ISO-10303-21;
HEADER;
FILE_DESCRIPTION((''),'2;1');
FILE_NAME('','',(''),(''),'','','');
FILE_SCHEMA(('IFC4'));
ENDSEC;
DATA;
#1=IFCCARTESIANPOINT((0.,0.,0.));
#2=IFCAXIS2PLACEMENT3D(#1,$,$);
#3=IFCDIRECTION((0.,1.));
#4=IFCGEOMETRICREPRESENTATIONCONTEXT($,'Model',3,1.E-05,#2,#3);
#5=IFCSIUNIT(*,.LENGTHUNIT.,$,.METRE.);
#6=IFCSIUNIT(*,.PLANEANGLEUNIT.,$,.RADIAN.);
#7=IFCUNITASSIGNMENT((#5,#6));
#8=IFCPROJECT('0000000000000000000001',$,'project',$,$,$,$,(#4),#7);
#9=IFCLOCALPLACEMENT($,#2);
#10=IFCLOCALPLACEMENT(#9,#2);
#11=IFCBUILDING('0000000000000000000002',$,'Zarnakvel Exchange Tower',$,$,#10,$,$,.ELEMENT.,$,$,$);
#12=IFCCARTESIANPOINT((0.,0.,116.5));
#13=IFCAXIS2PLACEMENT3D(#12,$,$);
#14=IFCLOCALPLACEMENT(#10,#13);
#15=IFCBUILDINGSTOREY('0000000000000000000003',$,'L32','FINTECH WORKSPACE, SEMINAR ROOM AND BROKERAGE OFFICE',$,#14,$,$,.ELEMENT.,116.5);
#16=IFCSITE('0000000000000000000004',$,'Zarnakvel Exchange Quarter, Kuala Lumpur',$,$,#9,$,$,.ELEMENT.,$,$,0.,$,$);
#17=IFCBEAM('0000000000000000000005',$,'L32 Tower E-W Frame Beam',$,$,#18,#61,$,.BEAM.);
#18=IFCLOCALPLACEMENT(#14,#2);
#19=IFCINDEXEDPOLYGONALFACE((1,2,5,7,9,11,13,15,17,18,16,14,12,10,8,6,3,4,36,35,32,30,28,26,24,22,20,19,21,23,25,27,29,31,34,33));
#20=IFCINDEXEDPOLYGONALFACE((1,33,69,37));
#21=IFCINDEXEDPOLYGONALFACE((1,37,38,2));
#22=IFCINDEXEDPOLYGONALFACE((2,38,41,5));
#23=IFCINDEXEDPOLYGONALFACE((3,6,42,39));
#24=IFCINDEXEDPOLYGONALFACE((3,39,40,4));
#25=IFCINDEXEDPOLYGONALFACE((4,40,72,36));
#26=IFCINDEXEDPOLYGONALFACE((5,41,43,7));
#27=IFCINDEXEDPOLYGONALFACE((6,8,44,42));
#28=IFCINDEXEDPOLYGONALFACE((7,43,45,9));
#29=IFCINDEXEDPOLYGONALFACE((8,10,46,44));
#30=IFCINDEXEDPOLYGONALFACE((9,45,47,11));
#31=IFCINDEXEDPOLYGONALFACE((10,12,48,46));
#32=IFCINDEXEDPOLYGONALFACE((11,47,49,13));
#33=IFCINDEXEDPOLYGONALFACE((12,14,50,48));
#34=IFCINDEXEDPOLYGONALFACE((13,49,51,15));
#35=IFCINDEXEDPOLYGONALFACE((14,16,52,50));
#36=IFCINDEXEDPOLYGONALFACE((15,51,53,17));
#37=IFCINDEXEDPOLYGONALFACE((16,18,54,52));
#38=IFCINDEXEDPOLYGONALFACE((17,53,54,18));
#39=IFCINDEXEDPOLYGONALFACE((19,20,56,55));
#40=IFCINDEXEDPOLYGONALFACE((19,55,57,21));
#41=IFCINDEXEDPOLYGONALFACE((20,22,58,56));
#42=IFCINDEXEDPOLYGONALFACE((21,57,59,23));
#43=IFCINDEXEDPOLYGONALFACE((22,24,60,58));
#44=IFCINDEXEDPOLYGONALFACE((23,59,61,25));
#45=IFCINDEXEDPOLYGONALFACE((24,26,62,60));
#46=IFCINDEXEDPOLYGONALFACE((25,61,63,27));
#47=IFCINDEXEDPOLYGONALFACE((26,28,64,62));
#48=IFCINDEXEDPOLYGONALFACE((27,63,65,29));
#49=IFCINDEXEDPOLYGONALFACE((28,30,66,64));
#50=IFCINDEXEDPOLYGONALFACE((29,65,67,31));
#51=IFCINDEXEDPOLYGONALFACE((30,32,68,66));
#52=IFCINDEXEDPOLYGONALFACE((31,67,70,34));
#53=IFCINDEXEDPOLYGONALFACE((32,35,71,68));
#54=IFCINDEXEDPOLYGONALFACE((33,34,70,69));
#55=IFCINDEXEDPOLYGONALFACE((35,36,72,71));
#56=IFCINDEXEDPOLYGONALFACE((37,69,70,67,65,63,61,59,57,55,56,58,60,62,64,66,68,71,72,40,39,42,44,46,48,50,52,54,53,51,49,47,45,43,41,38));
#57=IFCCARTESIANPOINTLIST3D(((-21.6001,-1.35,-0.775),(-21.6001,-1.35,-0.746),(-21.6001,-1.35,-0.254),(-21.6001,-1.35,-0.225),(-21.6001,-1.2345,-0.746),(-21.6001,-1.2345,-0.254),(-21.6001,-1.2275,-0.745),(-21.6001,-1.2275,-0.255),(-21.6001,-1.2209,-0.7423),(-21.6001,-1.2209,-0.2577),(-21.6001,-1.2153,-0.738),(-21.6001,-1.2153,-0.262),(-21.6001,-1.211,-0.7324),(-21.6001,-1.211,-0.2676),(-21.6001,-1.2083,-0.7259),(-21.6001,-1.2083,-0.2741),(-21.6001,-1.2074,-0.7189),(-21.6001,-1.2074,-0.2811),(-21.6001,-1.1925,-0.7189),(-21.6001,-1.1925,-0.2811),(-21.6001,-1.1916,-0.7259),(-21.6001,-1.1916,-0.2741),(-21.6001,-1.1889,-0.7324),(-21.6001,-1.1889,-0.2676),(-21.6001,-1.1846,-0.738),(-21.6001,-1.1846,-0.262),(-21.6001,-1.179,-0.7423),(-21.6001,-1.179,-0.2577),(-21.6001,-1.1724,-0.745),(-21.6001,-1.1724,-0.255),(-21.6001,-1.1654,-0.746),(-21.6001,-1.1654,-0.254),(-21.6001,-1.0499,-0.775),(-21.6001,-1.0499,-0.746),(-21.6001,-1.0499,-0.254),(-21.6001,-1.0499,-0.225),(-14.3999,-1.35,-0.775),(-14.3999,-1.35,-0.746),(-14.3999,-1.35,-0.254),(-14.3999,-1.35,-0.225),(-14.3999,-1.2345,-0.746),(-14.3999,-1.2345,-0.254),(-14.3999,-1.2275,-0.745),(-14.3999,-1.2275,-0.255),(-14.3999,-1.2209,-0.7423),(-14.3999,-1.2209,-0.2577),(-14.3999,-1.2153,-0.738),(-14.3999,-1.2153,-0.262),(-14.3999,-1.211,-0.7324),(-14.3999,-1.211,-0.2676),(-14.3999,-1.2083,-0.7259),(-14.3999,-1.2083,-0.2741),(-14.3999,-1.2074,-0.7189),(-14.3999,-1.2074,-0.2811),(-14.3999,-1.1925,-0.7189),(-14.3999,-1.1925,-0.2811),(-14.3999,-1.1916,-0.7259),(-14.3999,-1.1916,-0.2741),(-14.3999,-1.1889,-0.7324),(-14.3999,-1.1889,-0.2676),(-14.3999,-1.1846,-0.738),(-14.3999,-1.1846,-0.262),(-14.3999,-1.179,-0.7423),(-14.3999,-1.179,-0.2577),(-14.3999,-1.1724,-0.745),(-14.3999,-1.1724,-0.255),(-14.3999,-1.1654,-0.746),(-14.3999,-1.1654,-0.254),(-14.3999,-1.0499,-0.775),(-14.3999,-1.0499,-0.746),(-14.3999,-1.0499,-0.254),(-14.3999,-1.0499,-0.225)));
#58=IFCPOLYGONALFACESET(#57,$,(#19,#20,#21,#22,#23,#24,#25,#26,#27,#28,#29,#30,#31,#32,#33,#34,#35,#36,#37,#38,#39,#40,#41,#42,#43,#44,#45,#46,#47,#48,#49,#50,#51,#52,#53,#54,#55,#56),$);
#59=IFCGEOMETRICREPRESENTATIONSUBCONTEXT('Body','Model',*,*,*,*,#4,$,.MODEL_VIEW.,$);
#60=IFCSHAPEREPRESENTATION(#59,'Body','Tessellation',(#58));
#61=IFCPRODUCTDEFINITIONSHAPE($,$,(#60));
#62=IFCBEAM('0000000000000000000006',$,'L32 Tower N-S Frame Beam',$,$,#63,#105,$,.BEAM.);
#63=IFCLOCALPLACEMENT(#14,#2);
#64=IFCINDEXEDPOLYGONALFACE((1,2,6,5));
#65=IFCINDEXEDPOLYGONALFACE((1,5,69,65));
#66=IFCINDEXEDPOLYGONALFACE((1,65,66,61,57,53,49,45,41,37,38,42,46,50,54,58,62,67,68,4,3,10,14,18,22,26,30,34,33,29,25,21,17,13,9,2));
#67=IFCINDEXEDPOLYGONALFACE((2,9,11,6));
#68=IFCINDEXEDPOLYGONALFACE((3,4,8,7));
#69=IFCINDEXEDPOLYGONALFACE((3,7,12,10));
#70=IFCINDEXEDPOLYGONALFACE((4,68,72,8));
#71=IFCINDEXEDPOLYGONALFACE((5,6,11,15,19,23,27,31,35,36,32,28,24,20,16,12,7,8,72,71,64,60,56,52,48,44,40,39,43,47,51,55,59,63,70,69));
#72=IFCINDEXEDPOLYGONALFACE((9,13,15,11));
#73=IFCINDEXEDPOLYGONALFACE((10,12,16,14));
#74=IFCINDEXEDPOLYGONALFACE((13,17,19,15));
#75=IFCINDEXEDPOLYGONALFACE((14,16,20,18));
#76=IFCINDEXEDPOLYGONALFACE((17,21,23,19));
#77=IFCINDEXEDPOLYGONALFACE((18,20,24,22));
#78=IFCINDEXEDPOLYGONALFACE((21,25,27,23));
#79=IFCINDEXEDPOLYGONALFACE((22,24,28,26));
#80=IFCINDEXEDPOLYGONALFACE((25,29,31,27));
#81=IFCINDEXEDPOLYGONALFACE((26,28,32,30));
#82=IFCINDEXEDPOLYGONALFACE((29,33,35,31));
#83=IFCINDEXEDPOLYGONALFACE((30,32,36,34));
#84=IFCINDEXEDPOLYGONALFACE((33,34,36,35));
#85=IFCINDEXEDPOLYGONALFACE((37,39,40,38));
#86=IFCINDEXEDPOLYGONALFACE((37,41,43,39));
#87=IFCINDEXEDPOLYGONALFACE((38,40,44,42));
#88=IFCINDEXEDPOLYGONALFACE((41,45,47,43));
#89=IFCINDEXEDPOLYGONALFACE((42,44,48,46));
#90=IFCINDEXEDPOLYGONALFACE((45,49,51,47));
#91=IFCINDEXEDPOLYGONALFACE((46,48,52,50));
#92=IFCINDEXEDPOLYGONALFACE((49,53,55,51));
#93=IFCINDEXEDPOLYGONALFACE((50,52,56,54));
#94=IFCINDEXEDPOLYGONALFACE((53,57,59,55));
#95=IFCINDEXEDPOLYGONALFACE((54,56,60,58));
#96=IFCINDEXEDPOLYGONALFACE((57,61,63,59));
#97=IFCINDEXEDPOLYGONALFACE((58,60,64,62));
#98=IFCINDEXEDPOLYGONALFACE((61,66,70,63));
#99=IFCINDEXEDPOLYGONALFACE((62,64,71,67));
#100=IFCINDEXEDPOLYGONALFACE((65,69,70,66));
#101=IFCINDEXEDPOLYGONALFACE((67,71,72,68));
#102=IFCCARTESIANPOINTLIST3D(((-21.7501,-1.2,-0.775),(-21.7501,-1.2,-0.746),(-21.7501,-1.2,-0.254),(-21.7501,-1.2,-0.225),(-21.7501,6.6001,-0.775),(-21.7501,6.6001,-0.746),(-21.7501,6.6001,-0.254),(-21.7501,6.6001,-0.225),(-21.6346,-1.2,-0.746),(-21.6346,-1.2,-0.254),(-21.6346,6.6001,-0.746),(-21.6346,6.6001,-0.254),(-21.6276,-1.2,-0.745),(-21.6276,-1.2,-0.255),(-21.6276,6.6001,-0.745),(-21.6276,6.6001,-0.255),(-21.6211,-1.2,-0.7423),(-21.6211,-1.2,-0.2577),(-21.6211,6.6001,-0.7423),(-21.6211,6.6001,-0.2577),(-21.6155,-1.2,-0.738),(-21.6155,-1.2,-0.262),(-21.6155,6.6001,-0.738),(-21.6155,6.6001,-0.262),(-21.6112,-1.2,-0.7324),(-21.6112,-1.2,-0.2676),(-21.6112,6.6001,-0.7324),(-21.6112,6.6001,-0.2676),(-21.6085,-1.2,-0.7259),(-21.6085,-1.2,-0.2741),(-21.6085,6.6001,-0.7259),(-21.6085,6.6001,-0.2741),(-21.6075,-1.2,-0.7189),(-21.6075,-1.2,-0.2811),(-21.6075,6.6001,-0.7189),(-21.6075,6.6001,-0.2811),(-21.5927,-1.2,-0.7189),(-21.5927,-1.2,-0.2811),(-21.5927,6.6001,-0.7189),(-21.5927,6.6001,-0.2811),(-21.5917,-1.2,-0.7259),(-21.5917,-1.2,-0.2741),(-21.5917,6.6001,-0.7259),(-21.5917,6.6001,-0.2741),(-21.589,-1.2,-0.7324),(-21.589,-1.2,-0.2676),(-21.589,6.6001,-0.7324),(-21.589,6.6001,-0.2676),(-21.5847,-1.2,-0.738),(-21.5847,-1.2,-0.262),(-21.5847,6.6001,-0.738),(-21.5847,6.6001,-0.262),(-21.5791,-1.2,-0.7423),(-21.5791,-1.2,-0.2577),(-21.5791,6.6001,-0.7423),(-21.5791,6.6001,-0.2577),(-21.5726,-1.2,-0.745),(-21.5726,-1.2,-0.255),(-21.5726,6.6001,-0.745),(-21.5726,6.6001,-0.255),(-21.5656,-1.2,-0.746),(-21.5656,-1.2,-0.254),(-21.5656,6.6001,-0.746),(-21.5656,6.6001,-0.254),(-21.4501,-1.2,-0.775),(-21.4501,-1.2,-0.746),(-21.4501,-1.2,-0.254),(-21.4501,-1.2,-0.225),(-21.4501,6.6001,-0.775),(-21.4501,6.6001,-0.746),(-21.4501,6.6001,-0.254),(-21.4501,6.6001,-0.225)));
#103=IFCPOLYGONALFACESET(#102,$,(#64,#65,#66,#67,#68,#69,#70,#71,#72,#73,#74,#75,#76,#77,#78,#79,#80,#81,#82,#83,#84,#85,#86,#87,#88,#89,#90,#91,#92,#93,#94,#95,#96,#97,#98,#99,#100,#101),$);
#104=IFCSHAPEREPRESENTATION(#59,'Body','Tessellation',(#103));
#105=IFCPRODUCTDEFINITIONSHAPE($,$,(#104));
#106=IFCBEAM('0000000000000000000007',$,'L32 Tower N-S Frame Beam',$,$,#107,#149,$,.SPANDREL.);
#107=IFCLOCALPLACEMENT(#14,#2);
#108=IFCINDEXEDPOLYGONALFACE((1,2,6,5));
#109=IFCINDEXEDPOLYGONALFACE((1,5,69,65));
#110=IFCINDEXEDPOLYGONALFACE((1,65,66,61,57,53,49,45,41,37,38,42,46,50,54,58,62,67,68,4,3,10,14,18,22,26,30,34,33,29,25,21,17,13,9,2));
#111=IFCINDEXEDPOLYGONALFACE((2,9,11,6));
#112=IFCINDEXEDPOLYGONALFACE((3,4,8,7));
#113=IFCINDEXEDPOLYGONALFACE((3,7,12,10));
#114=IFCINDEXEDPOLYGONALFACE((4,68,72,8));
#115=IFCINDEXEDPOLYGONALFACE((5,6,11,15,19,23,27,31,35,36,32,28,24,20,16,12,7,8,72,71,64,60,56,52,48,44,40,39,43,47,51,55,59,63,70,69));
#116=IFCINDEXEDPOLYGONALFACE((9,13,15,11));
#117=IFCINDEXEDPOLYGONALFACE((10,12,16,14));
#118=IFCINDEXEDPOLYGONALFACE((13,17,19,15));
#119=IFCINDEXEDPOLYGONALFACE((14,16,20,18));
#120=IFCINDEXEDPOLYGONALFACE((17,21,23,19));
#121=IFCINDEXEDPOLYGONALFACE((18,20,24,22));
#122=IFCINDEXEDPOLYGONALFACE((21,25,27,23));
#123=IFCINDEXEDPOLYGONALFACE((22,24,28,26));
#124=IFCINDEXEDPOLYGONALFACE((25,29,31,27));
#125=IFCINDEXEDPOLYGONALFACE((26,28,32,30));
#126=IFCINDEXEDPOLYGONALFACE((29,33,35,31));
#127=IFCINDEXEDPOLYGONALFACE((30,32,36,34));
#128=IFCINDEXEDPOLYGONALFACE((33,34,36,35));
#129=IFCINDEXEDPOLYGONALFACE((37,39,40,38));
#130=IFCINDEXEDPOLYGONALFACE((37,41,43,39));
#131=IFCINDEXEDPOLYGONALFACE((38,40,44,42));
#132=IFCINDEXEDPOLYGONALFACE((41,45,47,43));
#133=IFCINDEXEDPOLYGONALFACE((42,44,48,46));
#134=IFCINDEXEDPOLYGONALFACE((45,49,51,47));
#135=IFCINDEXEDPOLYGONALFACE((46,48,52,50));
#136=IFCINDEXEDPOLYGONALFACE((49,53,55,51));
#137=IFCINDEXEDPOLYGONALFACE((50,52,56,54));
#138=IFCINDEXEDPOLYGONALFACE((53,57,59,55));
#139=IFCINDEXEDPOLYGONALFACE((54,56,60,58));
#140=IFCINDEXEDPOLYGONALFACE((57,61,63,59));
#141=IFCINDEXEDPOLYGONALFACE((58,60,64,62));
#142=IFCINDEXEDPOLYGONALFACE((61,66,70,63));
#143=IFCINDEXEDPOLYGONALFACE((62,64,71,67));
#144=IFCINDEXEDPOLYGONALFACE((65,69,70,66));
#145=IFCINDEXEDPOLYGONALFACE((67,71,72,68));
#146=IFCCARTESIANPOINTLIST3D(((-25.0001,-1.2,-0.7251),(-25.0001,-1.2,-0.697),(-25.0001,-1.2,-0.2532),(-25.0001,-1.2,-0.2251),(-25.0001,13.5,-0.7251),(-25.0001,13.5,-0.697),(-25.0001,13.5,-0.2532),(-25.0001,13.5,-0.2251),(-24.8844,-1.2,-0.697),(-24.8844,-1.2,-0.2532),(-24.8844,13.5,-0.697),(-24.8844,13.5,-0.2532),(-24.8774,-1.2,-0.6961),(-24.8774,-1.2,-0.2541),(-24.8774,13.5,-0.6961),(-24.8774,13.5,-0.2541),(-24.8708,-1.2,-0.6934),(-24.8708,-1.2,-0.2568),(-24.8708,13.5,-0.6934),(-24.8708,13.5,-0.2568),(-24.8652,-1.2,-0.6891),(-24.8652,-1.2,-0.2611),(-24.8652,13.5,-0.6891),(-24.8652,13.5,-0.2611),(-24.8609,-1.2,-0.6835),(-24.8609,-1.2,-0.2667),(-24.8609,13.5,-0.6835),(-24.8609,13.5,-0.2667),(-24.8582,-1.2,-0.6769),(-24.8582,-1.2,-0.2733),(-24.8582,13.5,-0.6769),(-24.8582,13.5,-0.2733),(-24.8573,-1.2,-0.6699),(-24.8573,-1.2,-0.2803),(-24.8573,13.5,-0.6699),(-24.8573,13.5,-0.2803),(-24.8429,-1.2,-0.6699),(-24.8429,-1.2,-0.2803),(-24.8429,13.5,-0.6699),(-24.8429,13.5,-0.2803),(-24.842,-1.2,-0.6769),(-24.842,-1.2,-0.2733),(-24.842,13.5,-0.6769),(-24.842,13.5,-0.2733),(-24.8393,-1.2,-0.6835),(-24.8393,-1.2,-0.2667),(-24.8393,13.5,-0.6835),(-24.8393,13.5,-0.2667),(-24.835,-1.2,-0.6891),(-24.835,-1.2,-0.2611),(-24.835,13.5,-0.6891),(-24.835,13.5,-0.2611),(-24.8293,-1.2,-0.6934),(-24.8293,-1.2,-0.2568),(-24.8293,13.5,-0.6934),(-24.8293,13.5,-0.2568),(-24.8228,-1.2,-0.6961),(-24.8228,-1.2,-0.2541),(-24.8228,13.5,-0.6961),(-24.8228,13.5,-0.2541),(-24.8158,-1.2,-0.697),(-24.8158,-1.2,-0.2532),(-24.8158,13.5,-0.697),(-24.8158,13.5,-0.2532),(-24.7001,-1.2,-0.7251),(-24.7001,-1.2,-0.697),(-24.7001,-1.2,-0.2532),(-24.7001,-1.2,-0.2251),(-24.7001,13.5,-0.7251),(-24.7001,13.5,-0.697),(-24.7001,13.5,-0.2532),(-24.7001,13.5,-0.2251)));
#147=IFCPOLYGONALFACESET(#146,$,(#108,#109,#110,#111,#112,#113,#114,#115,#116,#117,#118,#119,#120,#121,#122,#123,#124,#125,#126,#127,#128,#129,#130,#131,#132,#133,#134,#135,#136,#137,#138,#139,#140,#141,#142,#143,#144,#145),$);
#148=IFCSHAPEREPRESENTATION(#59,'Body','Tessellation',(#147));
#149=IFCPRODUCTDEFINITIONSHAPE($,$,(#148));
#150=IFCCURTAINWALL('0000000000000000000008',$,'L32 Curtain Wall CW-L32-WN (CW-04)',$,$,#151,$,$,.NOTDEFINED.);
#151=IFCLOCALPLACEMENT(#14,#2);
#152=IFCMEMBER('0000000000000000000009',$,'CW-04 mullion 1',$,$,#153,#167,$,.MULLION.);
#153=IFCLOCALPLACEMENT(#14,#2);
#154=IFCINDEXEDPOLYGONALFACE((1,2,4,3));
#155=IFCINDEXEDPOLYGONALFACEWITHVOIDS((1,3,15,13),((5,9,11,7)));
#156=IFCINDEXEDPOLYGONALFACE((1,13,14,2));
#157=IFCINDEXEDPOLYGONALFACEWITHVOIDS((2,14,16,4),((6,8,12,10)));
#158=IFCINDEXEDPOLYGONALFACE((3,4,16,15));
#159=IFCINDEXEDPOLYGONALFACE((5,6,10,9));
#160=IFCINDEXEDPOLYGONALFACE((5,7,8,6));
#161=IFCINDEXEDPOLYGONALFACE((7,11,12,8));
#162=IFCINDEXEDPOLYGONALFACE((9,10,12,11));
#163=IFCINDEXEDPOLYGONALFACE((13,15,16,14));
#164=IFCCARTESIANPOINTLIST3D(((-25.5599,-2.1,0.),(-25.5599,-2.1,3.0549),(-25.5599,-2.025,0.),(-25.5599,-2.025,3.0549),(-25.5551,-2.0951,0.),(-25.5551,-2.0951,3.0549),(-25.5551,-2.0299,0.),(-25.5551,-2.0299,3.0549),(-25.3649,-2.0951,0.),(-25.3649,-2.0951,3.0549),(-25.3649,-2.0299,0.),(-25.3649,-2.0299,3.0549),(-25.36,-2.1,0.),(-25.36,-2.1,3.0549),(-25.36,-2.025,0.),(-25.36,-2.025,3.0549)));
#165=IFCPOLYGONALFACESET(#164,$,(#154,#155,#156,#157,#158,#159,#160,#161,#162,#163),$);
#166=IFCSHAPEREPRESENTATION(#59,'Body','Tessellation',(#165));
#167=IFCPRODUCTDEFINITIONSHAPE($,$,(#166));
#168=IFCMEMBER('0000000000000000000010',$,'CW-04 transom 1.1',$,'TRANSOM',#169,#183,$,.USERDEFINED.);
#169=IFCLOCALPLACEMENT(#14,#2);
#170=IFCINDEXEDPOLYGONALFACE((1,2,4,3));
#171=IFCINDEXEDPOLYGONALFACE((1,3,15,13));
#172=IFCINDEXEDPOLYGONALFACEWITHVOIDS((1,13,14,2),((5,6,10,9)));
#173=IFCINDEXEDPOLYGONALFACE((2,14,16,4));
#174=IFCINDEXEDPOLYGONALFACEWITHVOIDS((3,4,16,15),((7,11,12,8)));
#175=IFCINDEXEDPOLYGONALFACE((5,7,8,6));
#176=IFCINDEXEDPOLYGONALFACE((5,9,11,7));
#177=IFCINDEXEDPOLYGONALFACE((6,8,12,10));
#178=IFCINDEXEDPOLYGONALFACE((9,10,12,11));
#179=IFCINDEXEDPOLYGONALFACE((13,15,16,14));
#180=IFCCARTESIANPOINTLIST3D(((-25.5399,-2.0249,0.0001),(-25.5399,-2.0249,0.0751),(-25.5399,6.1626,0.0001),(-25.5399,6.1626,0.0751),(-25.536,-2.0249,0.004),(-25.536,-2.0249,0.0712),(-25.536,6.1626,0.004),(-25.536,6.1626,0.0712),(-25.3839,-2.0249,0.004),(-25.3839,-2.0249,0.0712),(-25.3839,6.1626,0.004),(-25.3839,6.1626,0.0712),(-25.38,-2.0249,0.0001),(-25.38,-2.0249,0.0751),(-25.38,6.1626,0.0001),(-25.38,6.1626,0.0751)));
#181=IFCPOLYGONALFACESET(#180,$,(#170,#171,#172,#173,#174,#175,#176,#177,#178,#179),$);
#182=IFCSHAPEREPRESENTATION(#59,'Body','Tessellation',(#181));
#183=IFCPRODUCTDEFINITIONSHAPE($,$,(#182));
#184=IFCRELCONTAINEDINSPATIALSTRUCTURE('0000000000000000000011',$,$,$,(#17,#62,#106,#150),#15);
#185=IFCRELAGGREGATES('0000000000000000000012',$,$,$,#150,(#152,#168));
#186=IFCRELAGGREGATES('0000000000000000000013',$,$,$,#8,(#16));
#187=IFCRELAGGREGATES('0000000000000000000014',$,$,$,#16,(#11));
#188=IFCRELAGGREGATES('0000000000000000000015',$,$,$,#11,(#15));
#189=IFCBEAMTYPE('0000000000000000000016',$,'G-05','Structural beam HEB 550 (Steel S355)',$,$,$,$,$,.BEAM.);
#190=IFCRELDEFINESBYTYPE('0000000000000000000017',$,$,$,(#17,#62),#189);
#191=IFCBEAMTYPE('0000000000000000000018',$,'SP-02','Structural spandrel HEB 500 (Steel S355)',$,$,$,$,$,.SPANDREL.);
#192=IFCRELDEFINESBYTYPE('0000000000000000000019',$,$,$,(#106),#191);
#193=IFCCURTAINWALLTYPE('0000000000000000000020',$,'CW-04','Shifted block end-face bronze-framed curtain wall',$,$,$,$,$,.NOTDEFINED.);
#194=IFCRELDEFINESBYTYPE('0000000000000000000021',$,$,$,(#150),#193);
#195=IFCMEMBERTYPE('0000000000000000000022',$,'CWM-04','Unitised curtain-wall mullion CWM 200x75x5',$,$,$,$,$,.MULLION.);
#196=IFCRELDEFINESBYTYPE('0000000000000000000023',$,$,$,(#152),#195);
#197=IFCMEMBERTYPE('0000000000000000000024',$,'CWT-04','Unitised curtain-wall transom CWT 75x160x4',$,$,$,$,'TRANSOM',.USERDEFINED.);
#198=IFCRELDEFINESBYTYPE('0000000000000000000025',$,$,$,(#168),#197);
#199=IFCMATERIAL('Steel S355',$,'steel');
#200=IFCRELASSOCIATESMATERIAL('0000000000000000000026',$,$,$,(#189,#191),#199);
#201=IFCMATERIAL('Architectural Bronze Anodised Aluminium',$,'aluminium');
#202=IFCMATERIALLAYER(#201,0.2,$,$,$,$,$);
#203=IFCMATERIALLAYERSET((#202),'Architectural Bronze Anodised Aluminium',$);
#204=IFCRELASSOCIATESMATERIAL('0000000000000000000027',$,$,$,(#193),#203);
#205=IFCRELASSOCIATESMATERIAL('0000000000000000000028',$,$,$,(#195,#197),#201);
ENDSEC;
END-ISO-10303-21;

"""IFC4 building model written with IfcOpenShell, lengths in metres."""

from ifc_helpers import new_model, si_unit, direction, frame, origin, origin_2d, place, context, subcontext, project, spatial, hollow_rectangle, i_section, extrude, source, transform, mapped, material, layer, layer_set, material_profile, profile_set, type_object, element, aggregate, save


model = new_model("IFC4")

# Units and contexts
model_context = context("Model", 3, precision=1e-05, world=origin(), true_north=direction((0.0, 1.0)))
body_context = subcontext(model_context, "Body", "Model", "MODEL_VIEW")
ifc_project = project(units=[si_unit("LENGTHUNIT", "METRE"), si_unit("PLANEANGLEUNIT", "RADIAN")], contexts=[model_context])

# Site, building, storey
site_placement = place(None, origin())
site = spatial("IfcSite", under=ifc_project, at=site_placement, Name="Zarnakvel Exchange Quarter, Kuala Lumpur", CompositionType="ELEMENT", RefElevation=0.0)
building_placement = place(site_placement, origin())
building = spatial("IfcBuilding", under=site, at=building_placement, Name="Zarnakvel Exchange Tower", CompositionType="ELEMENT")
storey_placement = place(building_placement, frame((0.0, 0.0, 116.5)))
storey = spatial("IfcBuildingStorey", under=building, at=storey_placement, Name="L32", Description="FINTECH WORKSPACE, SEMINAR ROOM AND BROKERAGE OFFICE", CompositionType="ELEMENT", Elevation=116.5)

# Shared definitions
ifc_material_1 = material(Name="Steel S355", Category="steel")

# Beams
ifc_material_profile_1 = material_profile(ifc_material_1, i_section(OverallWidth=0.3, OverallDepth=0.55, WebThickness=0.0149, FlangeThickness=0.0291, FilletRadius=0.0271, at=origin_2d()))
ifc_profile_set_1 = profile_set([ifc_material_profile_1], Name="Steel S355")
beam_type_1 = type_object("IfcBeamType", Name="G-05", Description="Structural beam HEB 550 (Steel S355)", PredefinedType="BEAM", material=ifc_profile_set_1)
beam_1_placement = place(storey_placement, frame((-21.6001, -1.2, -0.5), z_axis=(1.0, 0.0, 0.0), x_axis=(0.0, 1.0, 0.0)))
element("IfcBeam", 1, at=beam_1_placement, inside=storey, type_object=beam_type_1, Name="L32 Tower E-W Frame Beam", PredefinedType="BEAM", context=body_context, shape_type="SweptSolid", body=[
    extrude(i_section(OverallWidth=0.3, OverallDepth=0.55, WebThickness=0.0149, FlangeThickness=0.0291, FilletRadius=0.0271, at=origin_2d()), origin(), (0.0, 0.0, 1.0), 7.2002),
])
beam_2_placement = place(storey_placement, frame((-21.6001, -1.2, -0.5), z_axis=(0.0, 1.0, 0.0), x_axis=(-1.0, 0.0, 0.0)))
element("IfcBeam", 2, at=beam_2_placement, inside=storey, type_object=beam_type_1, Name="L32 Tower N-S Frame Beam", PredefinedType="BEAM", context=body_context, shape_type="SweptSolid", body=[
    extrude(i_section(OverallWidth=0.3, OverallDepth=0.55, WebThickness=0.0149, FlangeThickness=0.0291, FilletRadius=0.0271, at=origin_2d()), origin(), (0.0, 0.0, 1.0), 7.8),
])
ifc_material_profile_2 = material_profile(ifc_material_1, i_section(OverallWidth=0.3, OverallDepth=0.5, WebThickness=0.0144, FlangeThickness=0.0281, FilletRadius=0.0271, at=origin_2d()))
ifc_profile_set_2 = profile_set([ifc_material_profile_2], Name="Steel S355")
beam_type_2 = type_object("IfcBeamType", Name="SP-02", Description="Structural spandrel HEB 500 (Steel S355)", PredefinedType="SPANDREL", material=ifc_profile_set_2)
beam_3_placement = place(storey_placement, frame((-24.8501, -1.2, -0.4751), z_axis=(0.0, 1.0, 0.0), x_axis=(-1.0, 0.0, 0.0)))
element("IfcBeam", 3, at=beam_3_placement, inside=storey, type_object=beam_type_2, Name="L32 Tower N-S Frame Beam", PredefinedType="SPANDREL", context=body_context, shape_type="SweptSolid", body=[
    extrude(i_section(OverallWidth=0.3, OverallDepth=0.5, WebThickness=0.0144, FlangeThickness=0.0281, FilletRadius=0.0271, at=origin_2d()), origin(), (0.0, 0.0, 1.0), 14.7),
])

# Curtain wall, members
ifc_material_2 = material(Name="Architectural Bronze Anodised Aluminium", Category="aluminium")
ifc_layer_1 = layer(ifc_material_2, 0.2)
ifc_layer_set_1 = layer_set([ifc_layer_1], Name="Architectural Bronze Anodised Aluminium")
curtain_wall_type = type_object("IfcCurtainWallType", Name="CW-04", Description="Shifted block end-face bronze-framed curtain wall", PredefinedType="NOTDEFINED", material=ifc_layer_set_1)
curtain_wall_placement = place(storey_placement, origin())
curtain_wall = element("IfcCurtainWall", 4, at=curtain_wall_placement, inside=storey, type_object=curtain_wall_type, Name="L32 Curtain Wall CW-L32-WN (CW-04)", PredefinedType="NOTDEFINED")
ifc_material_profile_3 = material_profile(ifc_material_2, hollow_rectangle(XDim=0.2, YDim=0.075, WallThickness=0.0049, at=origin_2d()))
ifc_profile_set_3 = profile_set([ifc_material_profile_3], Name="Architectural Bronze Anodised Aluminium")
member_type_1 = type_object("IfcMemberType", Name="CWM-04", Description="Unitised curtain-wall mullion CWM 200x75x5", PredefinedType="MULLION", material=ifc_profile_set_3)
shared_shape_1 = source(origin(), body_context, "Body", "SweptSolid", [
    extrude(hollow_rectangle(XDim=0.2, YDim=0.075, WallThickness=0.0049, at=origin_2d()), origin(), (0.0, 0.0, 1.0), 3.0549),
])
member_1_placement = place(storey_placement, frame((-25.46, -2.0625, 0.0), z_axis=(0.0, 0.0, 1.0), x_axis=(-1.0, 0.0, 0.0)))
member_1 = element("IfcMember", 5, at=member_1_placement, type_object=member_type_1, Name="CW-04 mullion 1", PredefinedType="MULLION", context=body_context, shape_type="MappedRepresentation", body=[
    mapped(shared_shape_1, transform((0.0, 0.0, 0.0), x_axis=(1.0, 0.0, 0.0), y_axis=(0.0, 1.0, 0.0), z_axis=(0.0, 0.0, 1.0), scale=1.0)),
])
ifc_material_profile_4 = material_profile(ifc_material_2, hollow_rectangle(XDim=0.1599, YDim=0.075, WallThickness=0.0039, at=origin_2d()))
ifc_profile_set_4 = profile_set([ifc_material_profile_4], Name="Architectural Bronze Anodised Aluminium")
member_type_2 = type_object("IfcMemberType", Name="CWT-04", Description="Unitised curtain-wall transom CWT 75x160x4", ElementType="TRANSOM", PredefinedType="USERDEFINED", material=ifc_profile_set_4)
shared_shape_2 = source(origin(), body_context, "Body", "SweptSolid", [
    extrude(hollow_rectangle(XDim=0.1599, YDim=0.075, WallThickness=0.0039, at=origin_2d()), origin(), (0.0, 0.0, 1.0), 8.1875),
])
member_2_placement = place(storey_placement, frame((-25.46, -2.0249, 0.0376), z_axis=(0.0, 1.0, 0.0), x_axis=(-1.0, 0.0, 0.0)))
member_2 = element("IfcMember", 6, at=member_2_placement, type_object=member_type_2, Name="CW-04 transom 1.1", ObjectType="TRANSOM", PredefinedType="USERDEFINED", context=body_context, shape_type="MappedRepresentation", body=[
    mapped(shared_shape_2, transform((0.0, 0.0, 0.0), x_axis=(1.0, 0.0, 0.0), y_axis=(0.0, 1.0, 0.0), z_axis=(0.0, 0.0, 1.0), scale=1.0)),
])
aggregate(curtain_wall, [member_1, member_2])

save(model, "model.ifc")
